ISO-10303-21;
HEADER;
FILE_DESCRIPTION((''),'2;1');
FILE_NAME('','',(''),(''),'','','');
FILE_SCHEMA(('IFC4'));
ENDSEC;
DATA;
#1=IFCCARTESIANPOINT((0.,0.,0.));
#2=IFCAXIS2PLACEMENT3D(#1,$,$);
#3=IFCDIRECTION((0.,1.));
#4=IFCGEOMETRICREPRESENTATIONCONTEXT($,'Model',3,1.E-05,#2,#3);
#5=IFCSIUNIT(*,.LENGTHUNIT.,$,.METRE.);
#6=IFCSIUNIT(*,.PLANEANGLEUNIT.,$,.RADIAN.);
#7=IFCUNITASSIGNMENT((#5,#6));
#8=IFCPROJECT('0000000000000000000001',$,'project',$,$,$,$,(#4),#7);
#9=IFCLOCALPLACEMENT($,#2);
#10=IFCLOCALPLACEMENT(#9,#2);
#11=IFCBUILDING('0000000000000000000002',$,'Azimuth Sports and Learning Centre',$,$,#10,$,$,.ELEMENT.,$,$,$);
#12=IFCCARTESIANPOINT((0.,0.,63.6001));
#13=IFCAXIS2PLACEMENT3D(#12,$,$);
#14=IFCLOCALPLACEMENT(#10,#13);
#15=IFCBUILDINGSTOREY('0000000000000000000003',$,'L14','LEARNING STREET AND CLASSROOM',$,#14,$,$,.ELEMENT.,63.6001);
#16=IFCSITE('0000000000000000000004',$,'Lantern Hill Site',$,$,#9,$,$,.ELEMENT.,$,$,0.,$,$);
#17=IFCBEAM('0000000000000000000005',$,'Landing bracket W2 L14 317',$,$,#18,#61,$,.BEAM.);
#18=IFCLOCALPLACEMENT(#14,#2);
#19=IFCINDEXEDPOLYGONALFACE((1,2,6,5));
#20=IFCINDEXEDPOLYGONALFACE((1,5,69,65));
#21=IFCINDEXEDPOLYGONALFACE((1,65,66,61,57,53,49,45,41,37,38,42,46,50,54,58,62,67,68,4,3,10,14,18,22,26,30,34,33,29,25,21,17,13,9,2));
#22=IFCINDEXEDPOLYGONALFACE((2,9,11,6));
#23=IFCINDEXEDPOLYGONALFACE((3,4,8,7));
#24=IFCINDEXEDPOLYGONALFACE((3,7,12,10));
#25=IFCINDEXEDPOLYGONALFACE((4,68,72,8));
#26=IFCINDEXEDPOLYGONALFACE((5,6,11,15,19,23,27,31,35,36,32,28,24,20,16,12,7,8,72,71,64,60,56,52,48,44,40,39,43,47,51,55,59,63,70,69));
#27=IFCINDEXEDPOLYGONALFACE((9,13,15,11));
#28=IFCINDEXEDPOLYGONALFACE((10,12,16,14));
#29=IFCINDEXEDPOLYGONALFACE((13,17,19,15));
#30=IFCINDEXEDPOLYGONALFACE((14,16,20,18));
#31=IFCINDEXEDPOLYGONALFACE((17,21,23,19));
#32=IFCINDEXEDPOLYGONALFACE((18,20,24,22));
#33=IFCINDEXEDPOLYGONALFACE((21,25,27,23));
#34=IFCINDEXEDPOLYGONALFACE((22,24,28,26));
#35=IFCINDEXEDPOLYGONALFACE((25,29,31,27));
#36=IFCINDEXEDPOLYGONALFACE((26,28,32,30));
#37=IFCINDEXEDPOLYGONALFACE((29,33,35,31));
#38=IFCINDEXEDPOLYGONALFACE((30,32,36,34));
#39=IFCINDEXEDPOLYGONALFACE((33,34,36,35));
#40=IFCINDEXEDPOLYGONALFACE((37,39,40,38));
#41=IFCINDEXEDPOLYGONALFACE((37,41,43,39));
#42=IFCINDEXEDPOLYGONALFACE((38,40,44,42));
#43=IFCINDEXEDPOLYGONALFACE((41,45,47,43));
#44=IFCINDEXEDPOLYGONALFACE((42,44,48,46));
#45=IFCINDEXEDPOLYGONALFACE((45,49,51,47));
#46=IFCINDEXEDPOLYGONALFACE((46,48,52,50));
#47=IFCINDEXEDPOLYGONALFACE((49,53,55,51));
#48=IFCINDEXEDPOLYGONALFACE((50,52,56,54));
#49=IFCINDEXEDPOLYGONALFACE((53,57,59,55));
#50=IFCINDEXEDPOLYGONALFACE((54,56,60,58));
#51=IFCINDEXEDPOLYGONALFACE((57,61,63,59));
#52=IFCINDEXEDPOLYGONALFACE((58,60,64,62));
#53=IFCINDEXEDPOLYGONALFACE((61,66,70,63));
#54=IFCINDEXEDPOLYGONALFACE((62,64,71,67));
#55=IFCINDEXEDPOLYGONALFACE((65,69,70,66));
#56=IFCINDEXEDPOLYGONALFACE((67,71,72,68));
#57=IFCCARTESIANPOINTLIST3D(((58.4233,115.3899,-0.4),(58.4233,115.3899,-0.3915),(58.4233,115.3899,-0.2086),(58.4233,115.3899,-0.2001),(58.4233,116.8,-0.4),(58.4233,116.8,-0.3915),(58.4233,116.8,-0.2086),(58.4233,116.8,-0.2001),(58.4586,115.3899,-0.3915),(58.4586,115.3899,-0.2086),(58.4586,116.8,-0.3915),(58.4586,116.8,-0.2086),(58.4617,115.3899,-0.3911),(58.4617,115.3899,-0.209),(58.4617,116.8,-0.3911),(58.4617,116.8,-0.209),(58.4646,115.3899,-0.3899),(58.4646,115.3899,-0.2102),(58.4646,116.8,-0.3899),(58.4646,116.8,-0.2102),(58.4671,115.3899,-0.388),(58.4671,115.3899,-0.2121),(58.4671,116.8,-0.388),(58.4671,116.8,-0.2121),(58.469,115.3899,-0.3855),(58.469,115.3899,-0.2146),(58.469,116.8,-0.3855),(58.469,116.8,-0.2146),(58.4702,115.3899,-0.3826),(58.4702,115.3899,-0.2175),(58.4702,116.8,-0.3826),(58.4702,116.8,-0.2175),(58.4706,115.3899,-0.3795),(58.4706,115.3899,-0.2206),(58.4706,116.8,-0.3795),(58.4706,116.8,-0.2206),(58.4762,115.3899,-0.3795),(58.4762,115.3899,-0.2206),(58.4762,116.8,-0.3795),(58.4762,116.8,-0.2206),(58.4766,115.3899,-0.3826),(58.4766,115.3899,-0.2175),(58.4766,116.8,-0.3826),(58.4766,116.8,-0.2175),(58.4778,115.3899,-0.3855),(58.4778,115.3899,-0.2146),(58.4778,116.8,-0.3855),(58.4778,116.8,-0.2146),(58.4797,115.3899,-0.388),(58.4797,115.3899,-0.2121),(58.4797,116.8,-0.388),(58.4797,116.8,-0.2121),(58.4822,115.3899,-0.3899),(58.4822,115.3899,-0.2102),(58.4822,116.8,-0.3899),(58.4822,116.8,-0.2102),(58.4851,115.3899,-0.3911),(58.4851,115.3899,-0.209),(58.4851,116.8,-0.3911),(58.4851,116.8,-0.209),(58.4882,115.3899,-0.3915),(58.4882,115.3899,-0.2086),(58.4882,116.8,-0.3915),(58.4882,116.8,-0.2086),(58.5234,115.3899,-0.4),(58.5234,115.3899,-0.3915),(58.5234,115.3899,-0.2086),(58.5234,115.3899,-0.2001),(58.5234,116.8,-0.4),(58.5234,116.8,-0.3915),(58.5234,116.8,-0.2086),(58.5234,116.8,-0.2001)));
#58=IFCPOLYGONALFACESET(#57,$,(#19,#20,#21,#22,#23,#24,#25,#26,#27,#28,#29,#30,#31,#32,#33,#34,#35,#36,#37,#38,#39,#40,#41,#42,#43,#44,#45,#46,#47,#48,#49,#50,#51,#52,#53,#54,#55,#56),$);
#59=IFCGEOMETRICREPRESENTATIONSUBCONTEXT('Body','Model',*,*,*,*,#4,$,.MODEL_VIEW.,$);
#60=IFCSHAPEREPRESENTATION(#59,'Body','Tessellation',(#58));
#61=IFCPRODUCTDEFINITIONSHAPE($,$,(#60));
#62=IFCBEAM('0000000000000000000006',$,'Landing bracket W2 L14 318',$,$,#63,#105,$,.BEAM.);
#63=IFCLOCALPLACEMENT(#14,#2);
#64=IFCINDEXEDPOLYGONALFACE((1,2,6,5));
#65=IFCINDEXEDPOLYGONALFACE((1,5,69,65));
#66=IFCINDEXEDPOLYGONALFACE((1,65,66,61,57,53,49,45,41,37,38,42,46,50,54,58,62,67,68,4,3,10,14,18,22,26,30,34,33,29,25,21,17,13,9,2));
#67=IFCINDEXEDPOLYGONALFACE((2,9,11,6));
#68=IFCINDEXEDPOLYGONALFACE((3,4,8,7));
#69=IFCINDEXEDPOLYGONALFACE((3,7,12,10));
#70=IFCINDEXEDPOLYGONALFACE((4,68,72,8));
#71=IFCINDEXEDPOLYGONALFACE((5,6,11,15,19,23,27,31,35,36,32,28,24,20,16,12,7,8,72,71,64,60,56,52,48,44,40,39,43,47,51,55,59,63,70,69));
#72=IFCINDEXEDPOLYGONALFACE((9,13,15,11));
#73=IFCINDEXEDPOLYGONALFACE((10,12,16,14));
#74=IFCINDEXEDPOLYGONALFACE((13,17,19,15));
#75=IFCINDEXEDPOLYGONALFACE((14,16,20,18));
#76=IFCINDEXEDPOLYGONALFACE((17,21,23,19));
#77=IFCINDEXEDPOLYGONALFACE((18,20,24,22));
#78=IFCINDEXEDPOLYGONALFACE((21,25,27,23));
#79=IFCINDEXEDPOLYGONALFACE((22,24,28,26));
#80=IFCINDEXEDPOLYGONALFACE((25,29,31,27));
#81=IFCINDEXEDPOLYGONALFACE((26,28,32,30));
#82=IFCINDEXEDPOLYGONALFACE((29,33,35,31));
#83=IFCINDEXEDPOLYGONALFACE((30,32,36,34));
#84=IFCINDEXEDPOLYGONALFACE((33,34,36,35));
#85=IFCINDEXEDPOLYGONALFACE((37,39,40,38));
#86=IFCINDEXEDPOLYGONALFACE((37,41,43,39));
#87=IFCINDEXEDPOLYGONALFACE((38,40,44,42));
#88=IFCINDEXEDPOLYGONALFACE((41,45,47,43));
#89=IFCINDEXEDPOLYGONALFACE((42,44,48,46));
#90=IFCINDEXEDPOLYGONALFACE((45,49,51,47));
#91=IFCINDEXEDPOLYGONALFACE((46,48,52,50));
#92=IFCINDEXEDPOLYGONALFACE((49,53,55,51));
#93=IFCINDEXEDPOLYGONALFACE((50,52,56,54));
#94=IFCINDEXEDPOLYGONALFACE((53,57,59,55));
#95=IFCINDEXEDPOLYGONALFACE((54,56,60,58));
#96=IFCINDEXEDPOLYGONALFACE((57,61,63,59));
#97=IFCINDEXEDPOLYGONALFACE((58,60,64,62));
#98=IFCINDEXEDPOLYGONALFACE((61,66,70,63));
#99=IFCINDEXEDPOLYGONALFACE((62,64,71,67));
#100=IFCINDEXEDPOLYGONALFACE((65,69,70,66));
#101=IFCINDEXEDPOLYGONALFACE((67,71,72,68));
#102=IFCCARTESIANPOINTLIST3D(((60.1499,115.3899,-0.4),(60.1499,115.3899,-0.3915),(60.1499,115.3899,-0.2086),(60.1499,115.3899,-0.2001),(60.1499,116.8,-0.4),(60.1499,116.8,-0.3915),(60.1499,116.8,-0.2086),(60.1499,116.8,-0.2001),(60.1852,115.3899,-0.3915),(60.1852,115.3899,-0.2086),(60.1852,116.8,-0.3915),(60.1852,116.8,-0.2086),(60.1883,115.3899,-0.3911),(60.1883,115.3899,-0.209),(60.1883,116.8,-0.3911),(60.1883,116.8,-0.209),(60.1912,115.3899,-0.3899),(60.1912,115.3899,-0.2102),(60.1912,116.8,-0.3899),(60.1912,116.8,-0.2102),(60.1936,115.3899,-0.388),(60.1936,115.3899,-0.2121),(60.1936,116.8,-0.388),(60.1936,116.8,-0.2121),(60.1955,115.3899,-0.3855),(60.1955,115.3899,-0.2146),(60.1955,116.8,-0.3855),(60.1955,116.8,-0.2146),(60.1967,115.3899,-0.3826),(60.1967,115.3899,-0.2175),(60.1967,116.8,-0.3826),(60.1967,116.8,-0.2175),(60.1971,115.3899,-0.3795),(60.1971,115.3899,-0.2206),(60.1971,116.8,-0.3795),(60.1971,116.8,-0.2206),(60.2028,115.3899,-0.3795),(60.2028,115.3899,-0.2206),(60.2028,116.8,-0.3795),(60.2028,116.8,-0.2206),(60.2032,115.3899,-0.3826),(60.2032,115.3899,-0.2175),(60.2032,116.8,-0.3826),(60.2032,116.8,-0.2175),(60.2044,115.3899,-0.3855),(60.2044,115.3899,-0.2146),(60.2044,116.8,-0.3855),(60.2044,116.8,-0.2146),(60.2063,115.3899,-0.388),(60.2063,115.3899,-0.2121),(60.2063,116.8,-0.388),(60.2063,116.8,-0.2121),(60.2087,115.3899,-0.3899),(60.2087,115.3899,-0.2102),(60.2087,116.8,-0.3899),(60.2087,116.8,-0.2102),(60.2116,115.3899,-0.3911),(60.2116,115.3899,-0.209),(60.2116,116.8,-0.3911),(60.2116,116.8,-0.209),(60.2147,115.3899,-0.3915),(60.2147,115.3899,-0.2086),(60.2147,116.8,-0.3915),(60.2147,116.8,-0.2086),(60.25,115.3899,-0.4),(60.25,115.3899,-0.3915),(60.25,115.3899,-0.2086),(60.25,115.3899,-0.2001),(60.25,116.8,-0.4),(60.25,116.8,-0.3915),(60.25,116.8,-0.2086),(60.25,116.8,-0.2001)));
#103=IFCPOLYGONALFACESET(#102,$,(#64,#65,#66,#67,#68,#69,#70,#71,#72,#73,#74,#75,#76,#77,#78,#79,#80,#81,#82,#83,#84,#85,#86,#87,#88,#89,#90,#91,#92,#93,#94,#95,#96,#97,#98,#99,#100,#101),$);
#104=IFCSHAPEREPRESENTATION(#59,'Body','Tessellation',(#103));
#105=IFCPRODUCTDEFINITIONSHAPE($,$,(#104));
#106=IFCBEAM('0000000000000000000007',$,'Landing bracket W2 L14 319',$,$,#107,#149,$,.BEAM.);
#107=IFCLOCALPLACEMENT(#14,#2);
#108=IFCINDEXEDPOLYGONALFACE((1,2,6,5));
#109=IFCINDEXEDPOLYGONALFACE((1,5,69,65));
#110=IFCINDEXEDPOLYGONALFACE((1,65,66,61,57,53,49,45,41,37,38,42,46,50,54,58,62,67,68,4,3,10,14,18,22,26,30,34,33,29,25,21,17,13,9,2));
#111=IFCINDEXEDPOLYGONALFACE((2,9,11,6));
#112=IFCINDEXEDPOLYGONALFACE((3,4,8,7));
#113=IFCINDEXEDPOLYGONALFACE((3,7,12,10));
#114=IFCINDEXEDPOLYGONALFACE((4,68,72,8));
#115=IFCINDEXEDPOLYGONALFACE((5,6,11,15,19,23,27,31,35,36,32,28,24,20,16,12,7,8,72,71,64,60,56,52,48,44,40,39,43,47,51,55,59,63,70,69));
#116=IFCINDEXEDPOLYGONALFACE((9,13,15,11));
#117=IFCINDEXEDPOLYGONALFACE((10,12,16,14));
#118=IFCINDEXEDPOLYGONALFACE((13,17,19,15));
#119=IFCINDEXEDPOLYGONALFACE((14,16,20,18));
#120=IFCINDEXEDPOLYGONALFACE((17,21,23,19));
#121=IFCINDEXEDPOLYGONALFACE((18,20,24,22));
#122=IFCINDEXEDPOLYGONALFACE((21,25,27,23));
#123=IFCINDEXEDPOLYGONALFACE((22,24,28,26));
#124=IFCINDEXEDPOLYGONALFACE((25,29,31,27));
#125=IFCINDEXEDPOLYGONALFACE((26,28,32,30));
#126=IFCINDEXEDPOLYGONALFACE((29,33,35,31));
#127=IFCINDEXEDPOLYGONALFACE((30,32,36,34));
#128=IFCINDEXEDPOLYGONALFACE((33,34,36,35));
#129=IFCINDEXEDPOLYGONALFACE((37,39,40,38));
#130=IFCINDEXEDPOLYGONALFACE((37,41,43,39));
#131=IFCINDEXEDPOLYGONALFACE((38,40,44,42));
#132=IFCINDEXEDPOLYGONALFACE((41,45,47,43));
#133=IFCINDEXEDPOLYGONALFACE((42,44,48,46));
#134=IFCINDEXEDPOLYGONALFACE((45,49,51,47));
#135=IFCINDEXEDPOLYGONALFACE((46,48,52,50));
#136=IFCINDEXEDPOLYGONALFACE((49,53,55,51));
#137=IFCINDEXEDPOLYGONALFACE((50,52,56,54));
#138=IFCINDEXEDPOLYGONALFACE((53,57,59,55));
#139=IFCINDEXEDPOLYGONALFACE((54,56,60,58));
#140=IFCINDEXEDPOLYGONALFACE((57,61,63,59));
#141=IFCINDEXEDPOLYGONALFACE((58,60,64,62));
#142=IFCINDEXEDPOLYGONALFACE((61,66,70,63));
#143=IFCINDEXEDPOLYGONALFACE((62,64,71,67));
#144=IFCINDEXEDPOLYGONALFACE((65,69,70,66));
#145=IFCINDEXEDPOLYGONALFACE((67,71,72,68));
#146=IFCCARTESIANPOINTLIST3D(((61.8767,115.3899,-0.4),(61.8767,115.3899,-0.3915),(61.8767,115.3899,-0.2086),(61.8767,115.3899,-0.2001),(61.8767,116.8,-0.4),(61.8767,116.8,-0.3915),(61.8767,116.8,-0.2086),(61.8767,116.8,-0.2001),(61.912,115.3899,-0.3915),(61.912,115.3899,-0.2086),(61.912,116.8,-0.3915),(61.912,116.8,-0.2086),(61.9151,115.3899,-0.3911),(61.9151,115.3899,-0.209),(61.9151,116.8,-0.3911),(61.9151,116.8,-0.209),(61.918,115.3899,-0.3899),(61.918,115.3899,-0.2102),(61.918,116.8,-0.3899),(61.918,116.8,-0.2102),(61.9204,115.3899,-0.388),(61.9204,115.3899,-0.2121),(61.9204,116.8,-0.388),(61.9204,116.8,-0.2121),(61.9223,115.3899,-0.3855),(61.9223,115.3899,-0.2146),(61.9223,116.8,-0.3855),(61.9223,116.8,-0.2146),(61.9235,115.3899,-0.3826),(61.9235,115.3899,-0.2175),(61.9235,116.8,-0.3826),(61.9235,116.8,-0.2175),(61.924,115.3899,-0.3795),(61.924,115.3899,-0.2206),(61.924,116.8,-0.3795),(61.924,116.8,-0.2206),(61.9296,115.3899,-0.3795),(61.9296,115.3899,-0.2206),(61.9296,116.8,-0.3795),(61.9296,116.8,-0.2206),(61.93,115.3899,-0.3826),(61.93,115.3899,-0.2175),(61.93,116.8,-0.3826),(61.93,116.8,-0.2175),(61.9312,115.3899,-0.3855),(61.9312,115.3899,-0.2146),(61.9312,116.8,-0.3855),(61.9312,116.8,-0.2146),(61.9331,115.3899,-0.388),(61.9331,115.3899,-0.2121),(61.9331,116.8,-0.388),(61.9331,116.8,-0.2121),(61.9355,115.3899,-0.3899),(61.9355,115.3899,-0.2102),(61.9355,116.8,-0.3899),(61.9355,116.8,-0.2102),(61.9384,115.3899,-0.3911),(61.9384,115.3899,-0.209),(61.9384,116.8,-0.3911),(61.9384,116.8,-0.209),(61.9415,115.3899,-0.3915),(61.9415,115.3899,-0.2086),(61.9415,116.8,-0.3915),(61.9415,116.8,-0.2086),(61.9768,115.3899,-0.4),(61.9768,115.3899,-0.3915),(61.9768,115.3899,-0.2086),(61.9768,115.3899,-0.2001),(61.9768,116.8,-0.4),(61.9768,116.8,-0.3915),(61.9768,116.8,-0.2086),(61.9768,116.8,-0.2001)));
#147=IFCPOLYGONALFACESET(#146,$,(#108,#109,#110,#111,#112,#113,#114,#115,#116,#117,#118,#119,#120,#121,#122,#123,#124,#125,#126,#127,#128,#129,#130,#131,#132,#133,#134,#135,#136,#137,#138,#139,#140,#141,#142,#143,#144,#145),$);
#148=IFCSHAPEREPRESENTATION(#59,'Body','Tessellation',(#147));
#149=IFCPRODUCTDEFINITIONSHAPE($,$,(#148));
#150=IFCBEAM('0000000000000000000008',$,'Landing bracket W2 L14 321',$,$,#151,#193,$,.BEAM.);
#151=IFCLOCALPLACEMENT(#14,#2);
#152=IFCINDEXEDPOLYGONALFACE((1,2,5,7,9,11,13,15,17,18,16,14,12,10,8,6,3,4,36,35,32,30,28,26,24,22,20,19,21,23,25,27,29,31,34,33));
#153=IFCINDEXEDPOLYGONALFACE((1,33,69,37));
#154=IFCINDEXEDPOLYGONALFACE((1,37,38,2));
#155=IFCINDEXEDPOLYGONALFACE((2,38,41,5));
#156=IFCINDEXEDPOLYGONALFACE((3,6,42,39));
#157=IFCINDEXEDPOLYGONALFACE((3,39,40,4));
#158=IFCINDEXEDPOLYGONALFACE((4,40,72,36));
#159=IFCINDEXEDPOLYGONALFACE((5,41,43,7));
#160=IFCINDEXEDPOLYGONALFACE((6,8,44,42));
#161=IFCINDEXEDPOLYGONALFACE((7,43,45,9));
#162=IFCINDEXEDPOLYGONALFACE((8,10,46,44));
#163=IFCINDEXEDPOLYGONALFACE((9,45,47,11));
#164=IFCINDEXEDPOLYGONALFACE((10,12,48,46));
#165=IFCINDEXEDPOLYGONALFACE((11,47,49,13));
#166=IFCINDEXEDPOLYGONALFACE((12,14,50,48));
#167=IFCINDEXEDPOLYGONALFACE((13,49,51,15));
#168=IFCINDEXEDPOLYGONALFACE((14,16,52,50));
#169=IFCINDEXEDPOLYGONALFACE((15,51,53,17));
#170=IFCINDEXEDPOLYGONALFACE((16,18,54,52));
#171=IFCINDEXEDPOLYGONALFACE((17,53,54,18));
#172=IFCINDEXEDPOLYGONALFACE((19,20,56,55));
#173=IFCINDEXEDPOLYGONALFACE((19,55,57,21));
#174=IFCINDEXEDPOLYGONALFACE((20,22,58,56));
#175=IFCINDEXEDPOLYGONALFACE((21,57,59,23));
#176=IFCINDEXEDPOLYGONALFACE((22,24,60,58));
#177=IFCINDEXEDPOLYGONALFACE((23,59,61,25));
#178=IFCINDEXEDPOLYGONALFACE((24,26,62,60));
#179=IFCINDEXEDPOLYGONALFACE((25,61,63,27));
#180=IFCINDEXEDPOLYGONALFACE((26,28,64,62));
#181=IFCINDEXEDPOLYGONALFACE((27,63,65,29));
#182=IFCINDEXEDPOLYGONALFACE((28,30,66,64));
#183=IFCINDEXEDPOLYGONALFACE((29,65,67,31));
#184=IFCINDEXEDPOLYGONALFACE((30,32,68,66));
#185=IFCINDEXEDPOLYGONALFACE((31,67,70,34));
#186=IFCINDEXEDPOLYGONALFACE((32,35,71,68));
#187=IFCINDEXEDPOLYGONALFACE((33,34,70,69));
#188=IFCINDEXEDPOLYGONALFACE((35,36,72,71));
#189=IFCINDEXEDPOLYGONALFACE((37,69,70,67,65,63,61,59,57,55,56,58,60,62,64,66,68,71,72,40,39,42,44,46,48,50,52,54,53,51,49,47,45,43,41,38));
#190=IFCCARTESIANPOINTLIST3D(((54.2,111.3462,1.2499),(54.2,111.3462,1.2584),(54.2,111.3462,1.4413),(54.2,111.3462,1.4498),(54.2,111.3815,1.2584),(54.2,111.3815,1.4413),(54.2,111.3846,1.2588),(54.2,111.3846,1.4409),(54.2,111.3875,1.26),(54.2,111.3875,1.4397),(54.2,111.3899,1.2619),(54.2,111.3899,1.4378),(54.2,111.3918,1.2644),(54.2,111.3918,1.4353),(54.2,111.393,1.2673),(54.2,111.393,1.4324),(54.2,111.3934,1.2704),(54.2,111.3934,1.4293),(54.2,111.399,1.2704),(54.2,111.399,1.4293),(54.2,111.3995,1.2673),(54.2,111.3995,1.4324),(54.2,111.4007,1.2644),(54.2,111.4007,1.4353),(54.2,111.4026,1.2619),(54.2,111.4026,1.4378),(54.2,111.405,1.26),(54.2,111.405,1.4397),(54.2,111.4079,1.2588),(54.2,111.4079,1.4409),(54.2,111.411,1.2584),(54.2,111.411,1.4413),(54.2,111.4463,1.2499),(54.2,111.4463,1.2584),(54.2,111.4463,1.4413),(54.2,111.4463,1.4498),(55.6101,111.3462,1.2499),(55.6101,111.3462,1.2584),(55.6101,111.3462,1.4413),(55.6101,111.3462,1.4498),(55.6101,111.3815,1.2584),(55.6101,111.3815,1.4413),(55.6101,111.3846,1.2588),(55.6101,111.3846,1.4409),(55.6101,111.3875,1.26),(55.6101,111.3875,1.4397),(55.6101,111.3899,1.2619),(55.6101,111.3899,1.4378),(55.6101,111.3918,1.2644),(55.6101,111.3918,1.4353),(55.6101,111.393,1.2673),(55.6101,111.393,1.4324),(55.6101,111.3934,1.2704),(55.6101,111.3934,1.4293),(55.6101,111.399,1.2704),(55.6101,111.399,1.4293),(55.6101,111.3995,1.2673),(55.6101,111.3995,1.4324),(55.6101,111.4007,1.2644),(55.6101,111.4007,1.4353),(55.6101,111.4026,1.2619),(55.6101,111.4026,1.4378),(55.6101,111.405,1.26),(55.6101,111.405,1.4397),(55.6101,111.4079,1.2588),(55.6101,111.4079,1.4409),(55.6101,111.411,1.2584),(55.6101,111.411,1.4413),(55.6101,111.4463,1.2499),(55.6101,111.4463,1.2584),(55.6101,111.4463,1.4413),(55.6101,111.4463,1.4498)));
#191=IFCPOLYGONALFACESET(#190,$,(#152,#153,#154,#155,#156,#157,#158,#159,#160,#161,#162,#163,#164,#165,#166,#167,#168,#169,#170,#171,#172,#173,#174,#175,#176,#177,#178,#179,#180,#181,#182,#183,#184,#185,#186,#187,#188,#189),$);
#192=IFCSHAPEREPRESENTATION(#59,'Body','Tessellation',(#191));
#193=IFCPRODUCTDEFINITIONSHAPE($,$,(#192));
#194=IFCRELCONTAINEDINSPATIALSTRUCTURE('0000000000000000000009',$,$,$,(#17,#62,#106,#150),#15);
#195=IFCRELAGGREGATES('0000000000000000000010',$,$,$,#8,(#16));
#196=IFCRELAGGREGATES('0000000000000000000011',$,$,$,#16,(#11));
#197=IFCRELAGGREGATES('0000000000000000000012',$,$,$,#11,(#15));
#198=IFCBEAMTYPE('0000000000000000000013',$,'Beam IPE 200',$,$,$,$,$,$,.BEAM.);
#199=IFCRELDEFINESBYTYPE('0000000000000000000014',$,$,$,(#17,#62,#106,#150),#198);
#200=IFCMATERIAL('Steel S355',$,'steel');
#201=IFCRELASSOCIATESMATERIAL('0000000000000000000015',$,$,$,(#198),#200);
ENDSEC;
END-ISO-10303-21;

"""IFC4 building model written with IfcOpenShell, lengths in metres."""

from ifc_helpers import new_model, si_unit, direction, frame, origin, origin_2d, place, context, subcontext, project, spatial, i_section, extrude, material, material_profile, profile_set, type_object, element, save


model = new_model("IFC4")

# Units and contexts
model_context = context("Model", 3, precision=1e-05, world=origin(), true_north=direction((0.0, 1.0)))
body_context = subcontext(model_context, "Body", "Model", "MODEL_VIEW")
ifc_project = project(units=[si_unit("LENGTHUNIT", "METRE"), si_unit("PLANEANGLEUNIT", "RADIAN")], contexts=[model_context])

# Site, building, storey
site_placement = place(None, origin())
site = spatial("IfcSite", under=ifc_project, at=site_placement, Name="Lantern Hill Site", CompositionType="ELEMENT", RefElevation=0.0)
building_placement = place(site_placement, origin())
building = spatial("IfcBuilding", under=site, at=building_placement, Name="Azimuth Sports and Learning Centre", CompositionType="ELEMENT")
storey_placement = place(building_placement, frame((0.0, 0.0, 63.6001)))
storey = spatial("IfcBuildingStorey", under=building, at=storey_placement, Name="L14", Description="LEARNING STREET AND CLASSROOM", CompositionType="ELEMENT", Elevation=63.6001)

# Beams
ifc_material_1 = material(Name="Steel S355", Category="steel")
ifc_material_profile_1 = material_profile(ifc_material_1, i_section(OverallWidth=0.1001, OverallDepth=0.2, WebThickness=0.0056, FlangeThickness=0.0085, FilletRadius=0.012, at=origin_2d()), Name="IPE 200")
ifc_profile_set_1 = profile_set([ifc_material_profile_1], Name="Steel S355")
beam_type_1 = type_object("IfcBeamType", Name="Beam IPE 200", PredefinedType="BEAM", material=ifc_profile_set_1)
for number, where, z_axis, x_axis, name in (
    (1, (58.4734, 116.8, -0.3), (0.0, -1.0, 0.0), (1.0, 0.0, 0.0), "Landing bracket W2 L14 317"),
    (2, (60.2, 116.8, -0.3), (0.0, -1.0, 0.0), (1.0, 0.0, 0.0), "Landing bracket W2 L14 318"),
    (3, (61.9268, 116.8, -0.3), (0.0, -1.0, 0.0), (1.0, 0.0, 0.0), "Landing bracket W2 L14 319"),
    (4, (54.2, 111.3962, 1.3499), (1.0, 0.0, 0.0), (0.0, 1.0, 0.0), "Landing bracket W2 L14 321"),
):
    element("IfcBeam", number, at=place(storey_placement, frame(where, z_axis=z_axis, x_axis=x_axis)), inside=storey, type_object=beam_type_1, Name=name, PredefinedType="BEAM", context=body_context, shape_type="SweptSolid", body=[
        extrude(i_section(OverallWidth=0.1001, OverallDepth=0.2, WebThickness=0.0056, FlangeThickness=0.0085, FilletRadius=0.012, at=origin_2d()), origin(), (0.0, 0.0, 1.0), 1.4102),
    ])

save(model, "model.ifc")
